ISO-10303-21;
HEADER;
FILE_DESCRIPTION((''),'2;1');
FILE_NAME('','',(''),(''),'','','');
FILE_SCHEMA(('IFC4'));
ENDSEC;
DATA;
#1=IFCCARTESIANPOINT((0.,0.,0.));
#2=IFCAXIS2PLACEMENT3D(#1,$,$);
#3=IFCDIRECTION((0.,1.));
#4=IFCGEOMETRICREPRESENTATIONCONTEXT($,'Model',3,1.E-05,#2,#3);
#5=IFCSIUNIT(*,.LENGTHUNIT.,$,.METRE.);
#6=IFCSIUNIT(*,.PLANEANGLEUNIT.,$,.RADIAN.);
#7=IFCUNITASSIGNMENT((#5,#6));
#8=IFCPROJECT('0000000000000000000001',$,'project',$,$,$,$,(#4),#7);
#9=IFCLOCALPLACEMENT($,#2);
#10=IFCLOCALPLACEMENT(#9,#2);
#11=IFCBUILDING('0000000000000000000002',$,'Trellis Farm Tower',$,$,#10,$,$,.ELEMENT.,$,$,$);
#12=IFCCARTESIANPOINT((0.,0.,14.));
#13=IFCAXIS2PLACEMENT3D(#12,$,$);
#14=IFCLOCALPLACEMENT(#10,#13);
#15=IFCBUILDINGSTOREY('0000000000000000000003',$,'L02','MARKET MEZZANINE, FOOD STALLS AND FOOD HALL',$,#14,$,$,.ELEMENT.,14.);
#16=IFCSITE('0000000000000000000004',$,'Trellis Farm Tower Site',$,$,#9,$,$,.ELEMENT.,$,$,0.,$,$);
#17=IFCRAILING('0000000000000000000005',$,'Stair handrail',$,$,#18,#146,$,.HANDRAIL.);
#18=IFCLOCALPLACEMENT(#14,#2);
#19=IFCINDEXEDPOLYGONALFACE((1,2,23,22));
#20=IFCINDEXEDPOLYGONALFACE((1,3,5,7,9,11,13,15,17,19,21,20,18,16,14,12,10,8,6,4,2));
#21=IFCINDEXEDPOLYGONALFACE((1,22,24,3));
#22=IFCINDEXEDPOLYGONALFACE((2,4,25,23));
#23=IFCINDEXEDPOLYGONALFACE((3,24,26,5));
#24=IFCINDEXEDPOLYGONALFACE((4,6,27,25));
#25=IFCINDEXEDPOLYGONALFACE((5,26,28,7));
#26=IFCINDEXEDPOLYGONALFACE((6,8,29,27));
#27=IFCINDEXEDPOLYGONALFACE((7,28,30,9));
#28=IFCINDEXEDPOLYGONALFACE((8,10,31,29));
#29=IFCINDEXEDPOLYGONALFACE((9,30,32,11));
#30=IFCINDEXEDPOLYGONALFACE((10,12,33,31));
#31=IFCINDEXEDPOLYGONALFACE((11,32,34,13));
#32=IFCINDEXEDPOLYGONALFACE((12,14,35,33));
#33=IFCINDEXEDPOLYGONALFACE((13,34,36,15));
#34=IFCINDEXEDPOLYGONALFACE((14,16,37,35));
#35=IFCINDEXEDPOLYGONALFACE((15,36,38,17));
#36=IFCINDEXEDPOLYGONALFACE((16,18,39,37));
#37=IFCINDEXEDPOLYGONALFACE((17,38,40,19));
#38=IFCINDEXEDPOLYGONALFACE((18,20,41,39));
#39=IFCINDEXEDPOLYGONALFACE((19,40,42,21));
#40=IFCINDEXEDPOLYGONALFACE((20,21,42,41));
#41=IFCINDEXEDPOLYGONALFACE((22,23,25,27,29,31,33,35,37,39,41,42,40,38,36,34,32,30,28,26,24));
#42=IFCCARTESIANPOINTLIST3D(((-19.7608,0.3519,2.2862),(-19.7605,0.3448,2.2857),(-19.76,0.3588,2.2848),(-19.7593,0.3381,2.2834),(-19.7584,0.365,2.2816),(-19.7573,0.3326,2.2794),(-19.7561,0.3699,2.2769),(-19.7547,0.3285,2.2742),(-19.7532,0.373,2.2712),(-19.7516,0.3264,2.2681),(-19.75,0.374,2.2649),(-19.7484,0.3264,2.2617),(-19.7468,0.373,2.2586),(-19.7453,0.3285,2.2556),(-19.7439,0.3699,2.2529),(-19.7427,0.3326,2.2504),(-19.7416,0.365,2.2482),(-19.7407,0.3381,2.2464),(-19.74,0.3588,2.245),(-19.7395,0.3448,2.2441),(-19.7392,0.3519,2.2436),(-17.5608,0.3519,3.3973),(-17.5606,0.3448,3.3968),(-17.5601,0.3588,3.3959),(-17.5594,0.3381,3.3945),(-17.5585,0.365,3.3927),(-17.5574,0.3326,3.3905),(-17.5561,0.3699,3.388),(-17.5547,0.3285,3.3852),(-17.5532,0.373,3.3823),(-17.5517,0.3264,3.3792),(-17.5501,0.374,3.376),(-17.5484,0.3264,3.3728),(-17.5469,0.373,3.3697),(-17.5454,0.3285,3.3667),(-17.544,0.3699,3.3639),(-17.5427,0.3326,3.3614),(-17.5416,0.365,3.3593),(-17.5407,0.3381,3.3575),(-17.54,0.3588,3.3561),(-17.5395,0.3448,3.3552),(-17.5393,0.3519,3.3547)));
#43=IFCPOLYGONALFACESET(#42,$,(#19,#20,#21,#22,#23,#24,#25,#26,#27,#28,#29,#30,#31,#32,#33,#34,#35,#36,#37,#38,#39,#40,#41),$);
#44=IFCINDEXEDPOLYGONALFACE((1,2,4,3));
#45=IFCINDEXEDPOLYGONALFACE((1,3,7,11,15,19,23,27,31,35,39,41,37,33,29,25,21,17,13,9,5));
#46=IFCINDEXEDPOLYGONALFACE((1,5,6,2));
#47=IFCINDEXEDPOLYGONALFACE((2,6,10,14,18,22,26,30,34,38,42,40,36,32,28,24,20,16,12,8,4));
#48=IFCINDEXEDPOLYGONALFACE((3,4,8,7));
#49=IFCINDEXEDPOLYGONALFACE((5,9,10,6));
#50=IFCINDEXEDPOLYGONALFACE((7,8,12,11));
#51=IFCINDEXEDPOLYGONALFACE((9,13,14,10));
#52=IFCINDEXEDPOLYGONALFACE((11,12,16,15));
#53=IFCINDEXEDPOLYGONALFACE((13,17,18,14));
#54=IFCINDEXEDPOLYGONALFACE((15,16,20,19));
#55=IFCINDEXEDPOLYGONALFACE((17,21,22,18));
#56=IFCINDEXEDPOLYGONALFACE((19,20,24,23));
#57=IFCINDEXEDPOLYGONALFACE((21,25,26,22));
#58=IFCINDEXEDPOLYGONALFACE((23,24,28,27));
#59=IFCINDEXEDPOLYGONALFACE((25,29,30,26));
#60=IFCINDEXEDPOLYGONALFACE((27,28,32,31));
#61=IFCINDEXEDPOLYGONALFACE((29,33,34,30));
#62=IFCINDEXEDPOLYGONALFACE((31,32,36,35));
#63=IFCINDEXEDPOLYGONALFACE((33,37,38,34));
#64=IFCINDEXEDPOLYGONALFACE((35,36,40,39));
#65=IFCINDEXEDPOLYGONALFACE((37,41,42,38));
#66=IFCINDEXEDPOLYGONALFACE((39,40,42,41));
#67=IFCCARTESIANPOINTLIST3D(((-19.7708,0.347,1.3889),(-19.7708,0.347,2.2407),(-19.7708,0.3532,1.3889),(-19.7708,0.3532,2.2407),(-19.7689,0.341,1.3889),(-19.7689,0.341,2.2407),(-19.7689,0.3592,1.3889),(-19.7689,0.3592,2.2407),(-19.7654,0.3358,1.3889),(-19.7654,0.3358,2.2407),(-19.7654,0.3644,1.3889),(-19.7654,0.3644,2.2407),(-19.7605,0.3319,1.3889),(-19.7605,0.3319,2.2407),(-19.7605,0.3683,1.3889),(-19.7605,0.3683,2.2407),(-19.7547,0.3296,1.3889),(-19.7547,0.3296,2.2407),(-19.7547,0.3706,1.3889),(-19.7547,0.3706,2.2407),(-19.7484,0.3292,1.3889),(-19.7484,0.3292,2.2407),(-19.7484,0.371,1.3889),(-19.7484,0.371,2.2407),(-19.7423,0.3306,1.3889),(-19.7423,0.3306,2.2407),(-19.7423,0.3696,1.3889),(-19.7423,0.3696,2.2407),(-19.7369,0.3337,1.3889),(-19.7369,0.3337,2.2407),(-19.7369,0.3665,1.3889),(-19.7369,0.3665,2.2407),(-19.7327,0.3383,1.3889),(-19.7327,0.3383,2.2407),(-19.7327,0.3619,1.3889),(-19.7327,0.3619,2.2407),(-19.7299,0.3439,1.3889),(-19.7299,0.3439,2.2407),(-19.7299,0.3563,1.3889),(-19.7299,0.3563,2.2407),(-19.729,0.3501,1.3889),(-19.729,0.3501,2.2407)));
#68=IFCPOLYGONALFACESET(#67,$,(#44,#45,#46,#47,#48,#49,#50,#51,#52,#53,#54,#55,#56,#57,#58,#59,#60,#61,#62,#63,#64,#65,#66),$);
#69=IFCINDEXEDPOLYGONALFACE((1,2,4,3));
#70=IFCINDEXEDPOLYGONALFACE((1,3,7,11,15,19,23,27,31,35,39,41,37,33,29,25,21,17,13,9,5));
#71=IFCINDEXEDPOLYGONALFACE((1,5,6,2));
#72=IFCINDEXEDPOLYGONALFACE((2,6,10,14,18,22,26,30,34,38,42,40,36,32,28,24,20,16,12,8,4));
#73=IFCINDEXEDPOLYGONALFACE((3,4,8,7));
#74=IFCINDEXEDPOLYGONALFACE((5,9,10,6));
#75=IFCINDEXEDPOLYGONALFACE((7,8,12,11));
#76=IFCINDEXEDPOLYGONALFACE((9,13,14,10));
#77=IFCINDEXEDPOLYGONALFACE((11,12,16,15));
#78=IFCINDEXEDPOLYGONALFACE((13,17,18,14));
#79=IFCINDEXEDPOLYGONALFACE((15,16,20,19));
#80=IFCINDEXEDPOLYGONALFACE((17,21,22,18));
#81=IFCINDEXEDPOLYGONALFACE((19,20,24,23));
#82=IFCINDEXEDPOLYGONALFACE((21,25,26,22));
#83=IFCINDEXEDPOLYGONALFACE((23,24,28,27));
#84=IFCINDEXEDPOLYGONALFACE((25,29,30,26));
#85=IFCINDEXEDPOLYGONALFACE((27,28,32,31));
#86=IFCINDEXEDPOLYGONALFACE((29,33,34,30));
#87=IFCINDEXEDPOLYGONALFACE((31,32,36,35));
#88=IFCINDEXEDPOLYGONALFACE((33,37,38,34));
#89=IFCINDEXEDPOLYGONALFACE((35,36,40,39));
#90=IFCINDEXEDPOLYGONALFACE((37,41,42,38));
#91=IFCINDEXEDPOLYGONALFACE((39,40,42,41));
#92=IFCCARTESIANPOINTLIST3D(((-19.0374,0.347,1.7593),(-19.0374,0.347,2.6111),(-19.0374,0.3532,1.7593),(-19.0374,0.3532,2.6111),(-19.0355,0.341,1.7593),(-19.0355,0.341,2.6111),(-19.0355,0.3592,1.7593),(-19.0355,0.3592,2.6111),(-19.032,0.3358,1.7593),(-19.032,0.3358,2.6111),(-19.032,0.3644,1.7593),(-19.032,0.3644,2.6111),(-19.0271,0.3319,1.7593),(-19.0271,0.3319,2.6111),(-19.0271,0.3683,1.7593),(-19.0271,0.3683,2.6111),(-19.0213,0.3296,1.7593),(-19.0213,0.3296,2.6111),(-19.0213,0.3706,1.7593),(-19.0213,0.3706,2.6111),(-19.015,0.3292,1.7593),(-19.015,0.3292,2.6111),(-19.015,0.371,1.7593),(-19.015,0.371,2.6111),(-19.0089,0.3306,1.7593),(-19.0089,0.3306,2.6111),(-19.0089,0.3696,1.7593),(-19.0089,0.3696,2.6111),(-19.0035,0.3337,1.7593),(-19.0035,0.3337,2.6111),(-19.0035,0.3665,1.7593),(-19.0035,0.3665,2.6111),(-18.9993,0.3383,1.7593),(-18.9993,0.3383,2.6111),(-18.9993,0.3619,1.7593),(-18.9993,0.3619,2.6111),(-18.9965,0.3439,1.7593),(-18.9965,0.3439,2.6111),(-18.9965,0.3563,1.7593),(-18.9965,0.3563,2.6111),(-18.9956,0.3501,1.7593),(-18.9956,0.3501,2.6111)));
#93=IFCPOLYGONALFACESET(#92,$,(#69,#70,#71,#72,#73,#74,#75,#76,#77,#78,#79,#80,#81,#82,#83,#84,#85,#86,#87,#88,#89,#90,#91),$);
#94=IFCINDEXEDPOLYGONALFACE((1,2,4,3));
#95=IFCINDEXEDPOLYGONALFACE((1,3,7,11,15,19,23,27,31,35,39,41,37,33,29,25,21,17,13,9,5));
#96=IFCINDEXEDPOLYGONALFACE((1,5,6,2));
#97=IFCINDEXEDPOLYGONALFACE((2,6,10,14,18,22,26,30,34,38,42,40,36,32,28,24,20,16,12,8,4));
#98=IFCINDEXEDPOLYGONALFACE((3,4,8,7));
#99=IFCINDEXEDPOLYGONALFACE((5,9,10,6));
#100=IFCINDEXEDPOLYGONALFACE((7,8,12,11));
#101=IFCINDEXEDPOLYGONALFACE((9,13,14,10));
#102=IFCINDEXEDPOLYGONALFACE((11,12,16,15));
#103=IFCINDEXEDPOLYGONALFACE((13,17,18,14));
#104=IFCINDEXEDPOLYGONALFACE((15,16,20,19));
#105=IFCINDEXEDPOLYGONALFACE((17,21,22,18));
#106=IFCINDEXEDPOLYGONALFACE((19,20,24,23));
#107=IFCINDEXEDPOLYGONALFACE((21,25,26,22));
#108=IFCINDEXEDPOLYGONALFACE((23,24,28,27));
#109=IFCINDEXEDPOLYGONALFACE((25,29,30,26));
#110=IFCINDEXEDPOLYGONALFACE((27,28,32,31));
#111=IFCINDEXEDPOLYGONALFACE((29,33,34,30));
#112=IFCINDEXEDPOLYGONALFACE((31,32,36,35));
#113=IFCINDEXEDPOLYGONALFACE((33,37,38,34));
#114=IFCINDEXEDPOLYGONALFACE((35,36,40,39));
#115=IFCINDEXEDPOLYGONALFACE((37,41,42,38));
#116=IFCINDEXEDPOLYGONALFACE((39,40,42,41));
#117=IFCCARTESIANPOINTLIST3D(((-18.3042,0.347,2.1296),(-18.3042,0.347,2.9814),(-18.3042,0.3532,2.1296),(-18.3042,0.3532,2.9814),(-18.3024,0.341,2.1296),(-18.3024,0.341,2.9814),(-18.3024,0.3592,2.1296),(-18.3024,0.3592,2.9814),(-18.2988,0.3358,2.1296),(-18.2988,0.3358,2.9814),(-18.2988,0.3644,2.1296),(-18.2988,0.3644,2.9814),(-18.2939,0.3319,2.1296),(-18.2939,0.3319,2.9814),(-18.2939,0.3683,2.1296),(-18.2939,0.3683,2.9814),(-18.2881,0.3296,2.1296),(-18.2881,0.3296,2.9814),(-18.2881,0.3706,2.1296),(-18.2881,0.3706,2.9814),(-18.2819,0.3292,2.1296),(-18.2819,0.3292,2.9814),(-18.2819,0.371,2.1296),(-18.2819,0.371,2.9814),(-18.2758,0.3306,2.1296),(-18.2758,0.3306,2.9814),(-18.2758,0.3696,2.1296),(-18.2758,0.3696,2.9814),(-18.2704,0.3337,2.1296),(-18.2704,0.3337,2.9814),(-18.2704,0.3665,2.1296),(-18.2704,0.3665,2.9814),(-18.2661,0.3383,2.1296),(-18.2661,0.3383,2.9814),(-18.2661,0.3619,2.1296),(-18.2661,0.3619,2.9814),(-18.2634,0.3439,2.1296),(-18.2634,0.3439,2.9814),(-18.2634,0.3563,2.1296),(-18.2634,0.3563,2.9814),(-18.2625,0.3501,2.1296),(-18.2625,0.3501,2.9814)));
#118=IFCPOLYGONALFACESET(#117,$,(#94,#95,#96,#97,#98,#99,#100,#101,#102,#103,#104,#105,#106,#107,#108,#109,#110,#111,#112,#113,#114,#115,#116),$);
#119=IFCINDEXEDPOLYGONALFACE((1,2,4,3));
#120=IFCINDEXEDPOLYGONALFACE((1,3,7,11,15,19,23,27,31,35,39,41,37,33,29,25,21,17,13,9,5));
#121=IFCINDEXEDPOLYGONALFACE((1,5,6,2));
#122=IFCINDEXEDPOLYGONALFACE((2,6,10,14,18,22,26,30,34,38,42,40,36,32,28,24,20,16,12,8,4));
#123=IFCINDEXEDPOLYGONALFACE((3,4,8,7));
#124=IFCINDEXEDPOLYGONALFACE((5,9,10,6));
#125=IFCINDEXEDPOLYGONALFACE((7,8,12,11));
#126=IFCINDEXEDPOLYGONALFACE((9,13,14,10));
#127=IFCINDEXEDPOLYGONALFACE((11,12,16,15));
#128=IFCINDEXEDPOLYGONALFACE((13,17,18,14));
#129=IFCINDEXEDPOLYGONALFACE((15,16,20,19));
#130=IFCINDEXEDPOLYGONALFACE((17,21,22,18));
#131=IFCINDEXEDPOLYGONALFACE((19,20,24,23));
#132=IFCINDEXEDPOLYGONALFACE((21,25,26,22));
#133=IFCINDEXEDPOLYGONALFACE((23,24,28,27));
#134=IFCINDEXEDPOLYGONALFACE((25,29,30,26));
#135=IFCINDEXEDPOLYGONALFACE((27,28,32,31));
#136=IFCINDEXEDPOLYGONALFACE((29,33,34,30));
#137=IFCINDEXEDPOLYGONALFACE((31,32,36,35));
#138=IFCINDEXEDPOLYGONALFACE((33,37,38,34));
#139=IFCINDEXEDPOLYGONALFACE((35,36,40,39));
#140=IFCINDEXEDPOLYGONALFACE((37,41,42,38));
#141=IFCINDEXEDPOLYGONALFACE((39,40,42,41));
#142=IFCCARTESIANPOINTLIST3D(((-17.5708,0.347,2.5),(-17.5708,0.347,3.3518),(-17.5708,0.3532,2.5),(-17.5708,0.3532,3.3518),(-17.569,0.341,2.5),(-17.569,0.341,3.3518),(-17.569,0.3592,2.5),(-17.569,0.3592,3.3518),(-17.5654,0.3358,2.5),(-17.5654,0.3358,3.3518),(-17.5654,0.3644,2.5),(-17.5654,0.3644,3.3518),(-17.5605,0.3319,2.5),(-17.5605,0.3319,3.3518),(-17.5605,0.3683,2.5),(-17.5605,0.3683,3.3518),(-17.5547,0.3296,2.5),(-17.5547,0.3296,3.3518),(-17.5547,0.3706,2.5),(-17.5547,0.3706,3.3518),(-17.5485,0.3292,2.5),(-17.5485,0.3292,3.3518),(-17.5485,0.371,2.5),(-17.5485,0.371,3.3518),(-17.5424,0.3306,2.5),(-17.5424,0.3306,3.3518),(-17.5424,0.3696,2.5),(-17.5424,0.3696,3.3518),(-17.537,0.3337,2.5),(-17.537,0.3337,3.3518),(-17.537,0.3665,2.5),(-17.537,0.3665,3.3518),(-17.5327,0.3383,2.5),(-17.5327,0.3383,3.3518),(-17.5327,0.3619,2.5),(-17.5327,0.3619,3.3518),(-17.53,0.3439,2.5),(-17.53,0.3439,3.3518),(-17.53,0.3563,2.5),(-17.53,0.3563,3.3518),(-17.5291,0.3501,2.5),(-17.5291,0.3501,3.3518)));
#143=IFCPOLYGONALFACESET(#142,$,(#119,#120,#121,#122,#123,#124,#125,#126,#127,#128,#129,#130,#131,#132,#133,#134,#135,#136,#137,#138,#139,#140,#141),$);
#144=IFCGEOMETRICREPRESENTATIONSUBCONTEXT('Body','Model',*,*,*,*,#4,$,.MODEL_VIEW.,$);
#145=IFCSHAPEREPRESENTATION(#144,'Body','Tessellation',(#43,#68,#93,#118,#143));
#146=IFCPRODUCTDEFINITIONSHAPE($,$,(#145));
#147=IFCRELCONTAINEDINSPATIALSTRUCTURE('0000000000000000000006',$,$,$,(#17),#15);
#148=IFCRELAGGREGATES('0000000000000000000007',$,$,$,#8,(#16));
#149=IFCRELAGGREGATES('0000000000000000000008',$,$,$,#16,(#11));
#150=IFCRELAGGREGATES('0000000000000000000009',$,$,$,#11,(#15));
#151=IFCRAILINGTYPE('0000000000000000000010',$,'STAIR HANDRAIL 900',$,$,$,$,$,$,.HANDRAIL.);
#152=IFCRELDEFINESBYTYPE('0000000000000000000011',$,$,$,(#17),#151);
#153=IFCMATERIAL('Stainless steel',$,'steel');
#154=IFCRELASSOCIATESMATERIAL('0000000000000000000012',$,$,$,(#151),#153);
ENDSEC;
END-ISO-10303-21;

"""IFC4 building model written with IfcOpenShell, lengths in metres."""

from ifc_helpers import new_model, si_unit, direction, frame, origin, origin_2d, place, context, subcontext, project, spatial, circle, extrude, source, transform, mapped, material, type_object, element, save


model = new_model("IFC4")

# Units and contexts
model_context = context("Model", 3, precision=1e-05, world=origin(), true_north=direction((0.0, 1.0)))
body_context = subcontext(model_context, "Body", "Model", "MODEL_VIEW")
ifc_project = project(units=[si_unit("LENGTHUNIT", "METRE"), si_unit("PLANEANGLEUNIT", "RADIAN")], contexts=[model_context])

# Site, building, storey
site_placement = place(None, origin())
site = spatial("IfcSite", under=ifc_project, at=site_placement, Name="Trellis Farm Tower Site", CompositionType="ELEMENT", RefElevation=0.0)
building_placement = place(site_placement, origin())
building = spatial("IfcBuilding", under=site, at=building_placement, Name="Trellis Farm Tower", CompositionType="ELEMENT")
storey_placement = place(building_placement, frame((0.0, 0.0, 14.0)))
storey = spatial("IfcBuildingStorey", under=building, at=storey_placement, Name="L02", Description="MARKET MEZZANINE, FOOD STALLS AND FOOD HALL", CompositionType="ELEMENT", Elevation=14.0)

# Railing
ifc_material_1 = material(Name="Stainless steel", Category="steel")
railing_type = type_object("IfcRailingType", Name="STAIR HANDRAIL 900", PredefinedType="HANDRAIL", material=ifc_material_1)
shared_shape_1 = source(origin(), body_context, "Body", "SweptSolid", [
    extrude(circle(Radius=0.0239, at=origin_2d()), frame((0.0, 0.0, 0.876), z_axis=(0.892617, 0.0, 0.450816), x_axis=(0.0, 1.0, 0.0)), (0.0, 0.0, 1.0), 2.4646),
    extrude(circle(Radius=0.021, at=origin_2d()), origin(), (0.0, 0.0, 1.0), 0.8518),
    extrude(circle(Radius=0.021, at=origin_2d()), frame((0.7334, 0.0, 0.3704)), (0.0, 0.0, 1.0), 0.8518),
    extrude(circle(Radius=0.021, at=origin_2d()), frame((1.4666, 0.0, 0.7407)), (0.0, 0.0, 1.0), 0.8518),
    extrude(circle(Radius=0.021, at=origin_2d()), frame((2.2, 0.0, 1.1111)), (0.0, 0.0, 1.0), 0.8518),
])
for number, where, name in (
    (1, (-19.75, 0.3501, 1.3889), "Stair handrail"),
):
    element("IfcRailing", number, at=place(storey_placement, frame(where)), inside=storey, type_object=railing_type, Name=name, PredefinedType="HANDRAIL", context=body_context, shape_type="MappedRepresentation", body=[
        mapped(shared_shape_1, transform((0.0, 0.0, 0.0))),
    ])

save(model, "model.ifc")
